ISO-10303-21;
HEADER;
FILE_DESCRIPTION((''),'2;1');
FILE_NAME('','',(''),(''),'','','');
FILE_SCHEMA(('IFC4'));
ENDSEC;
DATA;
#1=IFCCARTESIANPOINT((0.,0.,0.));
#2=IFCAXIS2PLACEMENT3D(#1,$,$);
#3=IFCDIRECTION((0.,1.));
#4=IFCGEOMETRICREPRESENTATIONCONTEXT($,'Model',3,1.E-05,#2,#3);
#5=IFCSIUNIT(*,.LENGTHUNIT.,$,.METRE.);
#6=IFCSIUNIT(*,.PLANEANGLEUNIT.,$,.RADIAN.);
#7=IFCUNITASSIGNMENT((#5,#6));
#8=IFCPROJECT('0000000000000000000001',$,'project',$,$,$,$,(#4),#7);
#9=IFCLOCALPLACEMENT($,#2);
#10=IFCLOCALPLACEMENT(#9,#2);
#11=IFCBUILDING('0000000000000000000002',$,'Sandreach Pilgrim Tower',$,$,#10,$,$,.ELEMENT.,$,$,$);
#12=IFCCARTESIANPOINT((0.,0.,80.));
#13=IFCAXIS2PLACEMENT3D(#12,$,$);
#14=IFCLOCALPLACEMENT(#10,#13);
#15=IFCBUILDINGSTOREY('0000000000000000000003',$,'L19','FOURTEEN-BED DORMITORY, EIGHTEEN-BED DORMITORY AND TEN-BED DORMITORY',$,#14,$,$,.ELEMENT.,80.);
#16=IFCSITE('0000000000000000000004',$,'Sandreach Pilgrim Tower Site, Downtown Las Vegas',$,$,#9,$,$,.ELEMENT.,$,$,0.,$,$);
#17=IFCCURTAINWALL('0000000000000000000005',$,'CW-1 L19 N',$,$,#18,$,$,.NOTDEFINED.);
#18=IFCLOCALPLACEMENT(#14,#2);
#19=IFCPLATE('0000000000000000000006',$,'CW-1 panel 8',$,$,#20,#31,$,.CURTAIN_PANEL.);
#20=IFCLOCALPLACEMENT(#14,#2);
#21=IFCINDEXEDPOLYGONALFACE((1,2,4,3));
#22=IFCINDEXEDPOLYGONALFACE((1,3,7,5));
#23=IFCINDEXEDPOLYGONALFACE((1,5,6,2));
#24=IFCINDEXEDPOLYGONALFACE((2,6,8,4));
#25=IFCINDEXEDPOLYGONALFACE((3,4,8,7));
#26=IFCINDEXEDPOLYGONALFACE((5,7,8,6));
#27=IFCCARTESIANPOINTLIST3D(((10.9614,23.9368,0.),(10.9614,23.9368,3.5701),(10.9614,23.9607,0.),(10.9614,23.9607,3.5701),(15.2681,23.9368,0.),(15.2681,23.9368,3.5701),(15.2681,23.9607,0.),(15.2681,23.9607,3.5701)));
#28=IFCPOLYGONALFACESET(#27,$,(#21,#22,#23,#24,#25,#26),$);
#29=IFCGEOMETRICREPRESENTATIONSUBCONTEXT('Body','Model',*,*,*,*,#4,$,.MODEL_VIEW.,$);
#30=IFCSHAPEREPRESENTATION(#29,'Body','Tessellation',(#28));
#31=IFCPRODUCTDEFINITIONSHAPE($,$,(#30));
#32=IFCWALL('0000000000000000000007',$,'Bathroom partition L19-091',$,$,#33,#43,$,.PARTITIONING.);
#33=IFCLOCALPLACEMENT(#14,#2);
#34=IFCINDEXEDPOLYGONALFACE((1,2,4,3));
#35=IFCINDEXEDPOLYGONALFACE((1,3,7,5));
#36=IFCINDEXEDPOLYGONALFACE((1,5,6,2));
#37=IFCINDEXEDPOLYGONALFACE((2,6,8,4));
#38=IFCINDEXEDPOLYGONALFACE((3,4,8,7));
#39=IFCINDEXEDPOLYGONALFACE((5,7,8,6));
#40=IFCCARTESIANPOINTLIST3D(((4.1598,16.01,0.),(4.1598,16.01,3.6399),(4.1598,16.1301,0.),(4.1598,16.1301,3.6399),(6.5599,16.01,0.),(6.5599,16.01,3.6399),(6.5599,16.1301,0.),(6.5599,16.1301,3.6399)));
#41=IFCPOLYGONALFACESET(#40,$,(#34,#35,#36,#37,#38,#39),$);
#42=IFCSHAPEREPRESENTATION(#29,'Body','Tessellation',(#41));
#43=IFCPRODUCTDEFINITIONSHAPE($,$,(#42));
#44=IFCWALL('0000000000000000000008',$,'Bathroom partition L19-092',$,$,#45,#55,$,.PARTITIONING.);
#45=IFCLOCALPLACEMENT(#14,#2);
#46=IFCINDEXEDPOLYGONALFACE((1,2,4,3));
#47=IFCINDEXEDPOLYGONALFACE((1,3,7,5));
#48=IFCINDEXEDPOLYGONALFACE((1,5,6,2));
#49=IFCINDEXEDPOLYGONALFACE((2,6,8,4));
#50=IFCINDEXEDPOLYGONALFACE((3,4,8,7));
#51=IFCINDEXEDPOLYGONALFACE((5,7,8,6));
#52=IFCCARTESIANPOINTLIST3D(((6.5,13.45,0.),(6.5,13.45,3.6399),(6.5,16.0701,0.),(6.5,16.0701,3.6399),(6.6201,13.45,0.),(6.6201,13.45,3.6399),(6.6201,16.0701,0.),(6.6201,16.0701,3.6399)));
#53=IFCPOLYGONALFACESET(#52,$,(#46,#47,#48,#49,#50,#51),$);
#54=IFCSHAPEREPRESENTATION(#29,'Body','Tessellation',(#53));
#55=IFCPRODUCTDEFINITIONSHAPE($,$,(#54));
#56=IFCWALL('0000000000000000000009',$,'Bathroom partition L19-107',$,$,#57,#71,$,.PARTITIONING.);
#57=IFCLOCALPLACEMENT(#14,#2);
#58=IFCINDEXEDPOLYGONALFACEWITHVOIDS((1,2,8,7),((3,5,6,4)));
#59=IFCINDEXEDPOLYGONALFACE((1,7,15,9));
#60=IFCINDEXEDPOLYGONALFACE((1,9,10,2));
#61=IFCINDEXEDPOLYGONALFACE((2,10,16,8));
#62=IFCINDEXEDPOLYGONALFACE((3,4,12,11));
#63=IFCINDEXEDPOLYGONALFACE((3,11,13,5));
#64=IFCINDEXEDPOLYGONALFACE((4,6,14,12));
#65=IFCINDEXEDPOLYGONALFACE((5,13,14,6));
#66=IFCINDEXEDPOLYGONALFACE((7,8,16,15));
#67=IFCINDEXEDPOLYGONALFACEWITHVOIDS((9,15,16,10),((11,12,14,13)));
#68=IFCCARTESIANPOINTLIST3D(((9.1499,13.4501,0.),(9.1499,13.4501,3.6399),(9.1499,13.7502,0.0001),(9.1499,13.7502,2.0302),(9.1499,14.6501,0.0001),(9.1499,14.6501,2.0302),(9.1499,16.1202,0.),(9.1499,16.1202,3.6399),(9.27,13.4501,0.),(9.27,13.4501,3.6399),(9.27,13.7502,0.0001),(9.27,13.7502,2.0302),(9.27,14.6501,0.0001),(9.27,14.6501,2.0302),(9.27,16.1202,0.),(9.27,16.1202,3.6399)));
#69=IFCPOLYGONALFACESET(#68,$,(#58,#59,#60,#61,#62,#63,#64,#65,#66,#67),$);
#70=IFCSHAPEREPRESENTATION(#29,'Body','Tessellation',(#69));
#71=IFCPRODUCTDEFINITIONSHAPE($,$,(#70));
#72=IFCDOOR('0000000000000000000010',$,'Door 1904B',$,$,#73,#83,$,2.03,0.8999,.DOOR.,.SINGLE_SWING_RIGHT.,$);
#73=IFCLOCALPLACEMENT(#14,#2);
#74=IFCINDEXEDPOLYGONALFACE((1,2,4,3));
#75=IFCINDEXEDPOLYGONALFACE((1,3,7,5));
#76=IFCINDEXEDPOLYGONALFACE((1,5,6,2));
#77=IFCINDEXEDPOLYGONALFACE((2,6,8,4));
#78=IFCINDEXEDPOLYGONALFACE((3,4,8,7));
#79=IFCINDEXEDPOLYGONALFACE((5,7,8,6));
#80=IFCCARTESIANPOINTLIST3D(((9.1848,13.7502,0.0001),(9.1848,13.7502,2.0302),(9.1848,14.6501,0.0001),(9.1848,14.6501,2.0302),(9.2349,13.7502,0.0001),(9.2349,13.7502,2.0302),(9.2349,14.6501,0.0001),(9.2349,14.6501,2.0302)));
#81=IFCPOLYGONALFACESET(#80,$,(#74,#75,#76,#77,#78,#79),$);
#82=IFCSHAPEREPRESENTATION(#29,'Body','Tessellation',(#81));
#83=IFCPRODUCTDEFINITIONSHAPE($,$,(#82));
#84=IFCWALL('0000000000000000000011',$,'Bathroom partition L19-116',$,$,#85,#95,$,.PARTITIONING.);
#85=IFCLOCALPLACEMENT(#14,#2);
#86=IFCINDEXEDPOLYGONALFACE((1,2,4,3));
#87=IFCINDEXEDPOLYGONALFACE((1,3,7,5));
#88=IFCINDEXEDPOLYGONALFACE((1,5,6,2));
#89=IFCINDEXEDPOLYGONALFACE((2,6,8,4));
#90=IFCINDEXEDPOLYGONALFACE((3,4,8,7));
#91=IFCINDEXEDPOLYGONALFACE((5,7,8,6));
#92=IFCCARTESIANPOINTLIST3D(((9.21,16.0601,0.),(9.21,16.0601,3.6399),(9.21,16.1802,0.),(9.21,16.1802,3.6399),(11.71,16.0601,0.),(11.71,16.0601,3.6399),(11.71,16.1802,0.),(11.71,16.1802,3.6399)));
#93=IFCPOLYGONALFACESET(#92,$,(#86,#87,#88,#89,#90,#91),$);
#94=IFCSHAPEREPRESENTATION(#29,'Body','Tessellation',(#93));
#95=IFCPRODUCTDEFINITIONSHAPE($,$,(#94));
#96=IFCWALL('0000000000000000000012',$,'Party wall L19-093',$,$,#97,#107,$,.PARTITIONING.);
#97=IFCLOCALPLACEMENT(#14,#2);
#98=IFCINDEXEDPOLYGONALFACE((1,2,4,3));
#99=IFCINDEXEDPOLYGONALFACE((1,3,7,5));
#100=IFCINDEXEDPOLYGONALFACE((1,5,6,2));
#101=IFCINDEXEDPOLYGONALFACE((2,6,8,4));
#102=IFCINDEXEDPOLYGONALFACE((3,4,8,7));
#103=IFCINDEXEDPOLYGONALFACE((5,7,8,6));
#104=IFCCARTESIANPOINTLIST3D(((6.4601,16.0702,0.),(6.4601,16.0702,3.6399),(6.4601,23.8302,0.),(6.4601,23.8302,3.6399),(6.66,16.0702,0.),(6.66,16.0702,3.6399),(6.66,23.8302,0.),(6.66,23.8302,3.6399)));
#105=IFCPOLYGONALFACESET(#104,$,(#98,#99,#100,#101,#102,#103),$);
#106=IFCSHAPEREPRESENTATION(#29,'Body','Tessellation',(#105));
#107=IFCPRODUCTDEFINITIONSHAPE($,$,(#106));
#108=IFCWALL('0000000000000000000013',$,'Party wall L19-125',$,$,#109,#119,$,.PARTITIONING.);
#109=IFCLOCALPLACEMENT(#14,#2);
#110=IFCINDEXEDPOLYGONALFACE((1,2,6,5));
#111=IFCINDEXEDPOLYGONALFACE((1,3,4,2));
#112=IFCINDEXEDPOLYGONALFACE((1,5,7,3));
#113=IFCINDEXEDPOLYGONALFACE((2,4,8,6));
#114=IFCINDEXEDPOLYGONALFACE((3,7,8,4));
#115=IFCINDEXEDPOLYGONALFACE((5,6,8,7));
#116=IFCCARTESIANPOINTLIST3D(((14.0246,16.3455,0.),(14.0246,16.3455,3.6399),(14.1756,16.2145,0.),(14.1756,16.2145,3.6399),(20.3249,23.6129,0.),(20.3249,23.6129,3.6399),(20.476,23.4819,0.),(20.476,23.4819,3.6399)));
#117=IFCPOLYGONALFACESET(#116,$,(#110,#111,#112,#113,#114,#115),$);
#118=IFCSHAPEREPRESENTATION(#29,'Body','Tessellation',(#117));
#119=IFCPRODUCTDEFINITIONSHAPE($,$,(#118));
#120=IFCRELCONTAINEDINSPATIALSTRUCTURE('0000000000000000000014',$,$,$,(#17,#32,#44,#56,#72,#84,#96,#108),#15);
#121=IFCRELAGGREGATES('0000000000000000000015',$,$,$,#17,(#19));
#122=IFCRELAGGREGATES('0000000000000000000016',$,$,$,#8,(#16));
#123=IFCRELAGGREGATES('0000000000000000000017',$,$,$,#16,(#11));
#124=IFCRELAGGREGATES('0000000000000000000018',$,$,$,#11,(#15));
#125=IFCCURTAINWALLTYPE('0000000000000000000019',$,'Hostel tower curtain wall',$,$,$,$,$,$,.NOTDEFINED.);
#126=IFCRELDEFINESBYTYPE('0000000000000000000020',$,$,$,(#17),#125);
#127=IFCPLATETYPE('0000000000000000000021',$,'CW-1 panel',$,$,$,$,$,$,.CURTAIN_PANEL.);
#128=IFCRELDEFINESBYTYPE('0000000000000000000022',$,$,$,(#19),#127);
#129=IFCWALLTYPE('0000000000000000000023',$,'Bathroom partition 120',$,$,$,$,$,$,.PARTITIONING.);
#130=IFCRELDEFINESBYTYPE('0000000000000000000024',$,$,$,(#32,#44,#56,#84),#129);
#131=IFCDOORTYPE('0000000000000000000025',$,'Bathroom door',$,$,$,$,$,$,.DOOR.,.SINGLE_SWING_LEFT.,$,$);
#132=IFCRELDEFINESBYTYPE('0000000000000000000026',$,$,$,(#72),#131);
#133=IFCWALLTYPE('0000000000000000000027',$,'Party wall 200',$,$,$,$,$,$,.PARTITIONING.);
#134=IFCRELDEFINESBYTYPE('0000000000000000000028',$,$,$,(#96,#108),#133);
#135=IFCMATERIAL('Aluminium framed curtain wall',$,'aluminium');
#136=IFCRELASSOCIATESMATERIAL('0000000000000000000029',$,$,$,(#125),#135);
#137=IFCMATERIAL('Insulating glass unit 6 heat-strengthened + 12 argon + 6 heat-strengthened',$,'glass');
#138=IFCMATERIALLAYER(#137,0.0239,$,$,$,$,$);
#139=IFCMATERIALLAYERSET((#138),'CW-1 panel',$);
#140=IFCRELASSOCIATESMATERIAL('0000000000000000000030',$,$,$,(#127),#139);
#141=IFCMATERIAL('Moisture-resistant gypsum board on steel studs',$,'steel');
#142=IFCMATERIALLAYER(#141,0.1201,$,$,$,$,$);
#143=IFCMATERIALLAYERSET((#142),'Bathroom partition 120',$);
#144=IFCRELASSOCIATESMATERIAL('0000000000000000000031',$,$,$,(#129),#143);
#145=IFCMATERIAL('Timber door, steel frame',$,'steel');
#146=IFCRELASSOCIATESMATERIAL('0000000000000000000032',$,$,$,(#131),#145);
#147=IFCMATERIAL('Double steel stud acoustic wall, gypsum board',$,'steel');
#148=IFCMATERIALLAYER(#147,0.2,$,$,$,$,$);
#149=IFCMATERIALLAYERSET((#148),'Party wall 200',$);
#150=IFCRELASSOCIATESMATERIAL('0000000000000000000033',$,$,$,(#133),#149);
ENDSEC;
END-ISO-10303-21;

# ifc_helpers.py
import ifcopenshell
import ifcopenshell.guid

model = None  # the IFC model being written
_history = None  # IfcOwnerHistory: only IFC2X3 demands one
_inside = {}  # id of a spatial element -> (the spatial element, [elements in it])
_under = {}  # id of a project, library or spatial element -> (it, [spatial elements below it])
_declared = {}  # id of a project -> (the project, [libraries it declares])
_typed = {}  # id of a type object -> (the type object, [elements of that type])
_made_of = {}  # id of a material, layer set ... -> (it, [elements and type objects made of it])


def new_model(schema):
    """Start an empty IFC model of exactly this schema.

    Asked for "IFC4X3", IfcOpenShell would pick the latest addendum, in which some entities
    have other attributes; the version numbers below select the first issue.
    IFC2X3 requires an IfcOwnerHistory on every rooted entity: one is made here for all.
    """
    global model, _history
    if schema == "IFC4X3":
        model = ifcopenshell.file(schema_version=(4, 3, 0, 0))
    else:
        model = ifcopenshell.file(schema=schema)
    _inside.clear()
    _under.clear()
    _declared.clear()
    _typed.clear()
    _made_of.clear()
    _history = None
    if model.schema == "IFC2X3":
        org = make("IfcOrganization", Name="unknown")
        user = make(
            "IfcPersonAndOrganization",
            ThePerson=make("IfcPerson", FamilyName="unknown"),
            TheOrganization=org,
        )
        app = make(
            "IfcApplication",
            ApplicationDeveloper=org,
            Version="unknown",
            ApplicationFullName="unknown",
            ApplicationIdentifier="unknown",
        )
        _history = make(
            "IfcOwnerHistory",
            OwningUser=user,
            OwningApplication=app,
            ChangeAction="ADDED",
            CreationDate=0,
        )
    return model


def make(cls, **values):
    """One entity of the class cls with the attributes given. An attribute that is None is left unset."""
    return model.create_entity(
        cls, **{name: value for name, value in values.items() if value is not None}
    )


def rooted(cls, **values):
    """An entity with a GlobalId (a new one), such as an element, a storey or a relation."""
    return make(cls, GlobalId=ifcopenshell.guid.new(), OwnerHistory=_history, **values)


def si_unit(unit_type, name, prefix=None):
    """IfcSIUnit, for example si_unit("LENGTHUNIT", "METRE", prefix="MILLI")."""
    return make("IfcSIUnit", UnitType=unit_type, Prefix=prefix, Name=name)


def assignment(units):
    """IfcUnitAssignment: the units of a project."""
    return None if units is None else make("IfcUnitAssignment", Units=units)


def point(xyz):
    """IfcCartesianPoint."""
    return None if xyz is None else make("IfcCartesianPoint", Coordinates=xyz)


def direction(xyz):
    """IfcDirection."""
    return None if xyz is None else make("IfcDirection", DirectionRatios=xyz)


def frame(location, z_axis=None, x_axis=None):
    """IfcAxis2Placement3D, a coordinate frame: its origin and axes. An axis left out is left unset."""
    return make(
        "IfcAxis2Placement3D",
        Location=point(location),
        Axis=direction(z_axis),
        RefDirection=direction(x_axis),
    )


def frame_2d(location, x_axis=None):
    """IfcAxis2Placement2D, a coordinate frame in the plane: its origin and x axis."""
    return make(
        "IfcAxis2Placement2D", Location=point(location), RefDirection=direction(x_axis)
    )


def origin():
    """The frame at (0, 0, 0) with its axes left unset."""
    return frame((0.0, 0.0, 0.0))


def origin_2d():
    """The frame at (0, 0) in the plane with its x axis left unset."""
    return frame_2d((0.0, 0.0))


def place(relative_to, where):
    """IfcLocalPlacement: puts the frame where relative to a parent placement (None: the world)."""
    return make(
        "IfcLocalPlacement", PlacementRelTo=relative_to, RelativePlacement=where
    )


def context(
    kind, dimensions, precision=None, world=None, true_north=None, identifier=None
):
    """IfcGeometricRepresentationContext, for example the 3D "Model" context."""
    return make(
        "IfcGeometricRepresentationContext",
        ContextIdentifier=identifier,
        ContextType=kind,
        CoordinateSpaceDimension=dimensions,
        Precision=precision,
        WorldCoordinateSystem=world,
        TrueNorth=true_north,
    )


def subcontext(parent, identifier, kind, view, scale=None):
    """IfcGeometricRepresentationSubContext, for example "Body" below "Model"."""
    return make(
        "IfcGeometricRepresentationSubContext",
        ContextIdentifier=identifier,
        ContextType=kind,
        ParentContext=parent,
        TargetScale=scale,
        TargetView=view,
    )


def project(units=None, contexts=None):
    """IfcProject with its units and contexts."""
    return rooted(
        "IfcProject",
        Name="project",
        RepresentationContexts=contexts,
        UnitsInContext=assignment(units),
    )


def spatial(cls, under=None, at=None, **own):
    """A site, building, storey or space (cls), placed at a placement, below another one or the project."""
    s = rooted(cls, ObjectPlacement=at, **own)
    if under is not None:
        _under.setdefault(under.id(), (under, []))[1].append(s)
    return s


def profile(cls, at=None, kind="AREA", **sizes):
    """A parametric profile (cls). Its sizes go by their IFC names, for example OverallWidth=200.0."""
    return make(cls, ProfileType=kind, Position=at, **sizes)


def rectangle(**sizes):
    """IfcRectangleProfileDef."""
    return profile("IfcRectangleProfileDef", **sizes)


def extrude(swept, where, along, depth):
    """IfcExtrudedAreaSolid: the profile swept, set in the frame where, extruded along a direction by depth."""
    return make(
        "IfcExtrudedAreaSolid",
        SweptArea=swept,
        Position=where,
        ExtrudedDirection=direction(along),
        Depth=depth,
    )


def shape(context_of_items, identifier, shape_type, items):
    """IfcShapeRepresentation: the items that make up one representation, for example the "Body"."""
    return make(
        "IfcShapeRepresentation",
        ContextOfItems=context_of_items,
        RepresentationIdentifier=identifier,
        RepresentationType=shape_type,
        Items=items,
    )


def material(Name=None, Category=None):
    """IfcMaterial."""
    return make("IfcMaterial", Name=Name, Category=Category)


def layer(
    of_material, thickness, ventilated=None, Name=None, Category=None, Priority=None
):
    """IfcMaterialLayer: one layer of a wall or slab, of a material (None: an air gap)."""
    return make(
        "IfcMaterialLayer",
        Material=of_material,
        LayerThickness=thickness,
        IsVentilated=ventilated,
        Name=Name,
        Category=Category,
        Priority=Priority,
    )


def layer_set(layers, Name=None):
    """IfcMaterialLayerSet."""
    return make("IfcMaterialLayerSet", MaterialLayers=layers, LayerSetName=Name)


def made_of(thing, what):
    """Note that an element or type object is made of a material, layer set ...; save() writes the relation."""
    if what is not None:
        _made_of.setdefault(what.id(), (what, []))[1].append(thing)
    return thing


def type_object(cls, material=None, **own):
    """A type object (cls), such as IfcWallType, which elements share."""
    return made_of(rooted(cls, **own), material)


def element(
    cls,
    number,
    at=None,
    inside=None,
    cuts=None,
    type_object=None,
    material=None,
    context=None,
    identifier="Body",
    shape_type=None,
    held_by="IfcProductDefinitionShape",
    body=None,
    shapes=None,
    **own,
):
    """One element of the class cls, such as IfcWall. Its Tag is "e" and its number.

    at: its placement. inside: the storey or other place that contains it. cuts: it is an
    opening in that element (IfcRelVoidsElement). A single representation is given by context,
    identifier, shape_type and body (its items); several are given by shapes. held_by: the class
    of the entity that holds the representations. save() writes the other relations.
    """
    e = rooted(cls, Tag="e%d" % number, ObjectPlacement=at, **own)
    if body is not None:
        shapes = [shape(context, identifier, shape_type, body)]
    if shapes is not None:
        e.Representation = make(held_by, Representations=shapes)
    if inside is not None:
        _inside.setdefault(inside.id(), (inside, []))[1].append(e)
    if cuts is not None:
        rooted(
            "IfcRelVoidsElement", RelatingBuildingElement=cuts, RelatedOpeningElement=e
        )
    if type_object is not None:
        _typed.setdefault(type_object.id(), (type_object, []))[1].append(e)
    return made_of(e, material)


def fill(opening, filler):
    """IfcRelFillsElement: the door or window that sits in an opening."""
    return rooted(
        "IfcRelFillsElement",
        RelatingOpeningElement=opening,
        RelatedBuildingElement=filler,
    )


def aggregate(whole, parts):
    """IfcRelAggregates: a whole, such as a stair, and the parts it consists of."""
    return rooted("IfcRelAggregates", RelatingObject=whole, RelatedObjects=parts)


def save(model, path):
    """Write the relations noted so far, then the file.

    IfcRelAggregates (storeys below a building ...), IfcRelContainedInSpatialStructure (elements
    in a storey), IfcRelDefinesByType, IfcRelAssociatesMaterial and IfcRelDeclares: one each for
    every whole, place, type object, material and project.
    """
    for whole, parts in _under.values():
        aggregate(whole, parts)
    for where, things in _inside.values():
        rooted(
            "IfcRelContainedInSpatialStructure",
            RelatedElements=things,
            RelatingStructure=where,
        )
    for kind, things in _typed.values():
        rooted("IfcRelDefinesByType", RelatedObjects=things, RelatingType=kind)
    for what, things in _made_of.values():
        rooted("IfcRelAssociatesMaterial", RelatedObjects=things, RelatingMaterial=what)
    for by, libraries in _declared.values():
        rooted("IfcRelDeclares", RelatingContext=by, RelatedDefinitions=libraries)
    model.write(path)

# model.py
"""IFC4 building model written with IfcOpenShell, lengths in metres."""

from ifc_helpers import new_model, si_unit, direction, frame, frame_2d, origin, origin_2d, place, context, subcontext, project, spatial, rectangle, extrude, material, layer, layer_set, type_object, element, fill, aggregate, save


model = new_model("IFC4")

# Units and contexts
model_context = context("Model", 3, precision=1e-05, world=origin(), true_north=direction((0.0, 1.0)))
body_context = subcontext(model_context, "Body", "Model", "MODEL_VIEW")
ifc_project = project(units=[si_unit("LENGTHUNIT", "METRE"), si_unit("PLANEANGLEUNIT", "RADIAN")], contexts=[model_context])

# Site, building, storey
site_placement = place(None, origin())
site = spatial("IfcSite", under=ifc_project, at=site_placement, Name="Sandreach Pilgrim Tower Site, Downtown Las Vegas", CompositionType="ELEMENT", RefElevation=0.0)
building_placement = place(site_placement, origin())
building = spatial("IfcBuilding", under=site, at=building_placement, Name="Sandreach Pilgrim Tower", CompositionType="ELEMENT")
storey_placement = place(building_placement, frame((0.0, 0.0, 80.0)))
storey = spatial("IfcBuildingStorey", under=building, at=storey_placement, Name="L19", Description="FOURTEEN-BED DORMITORY, EIGHTEEN-BED DORMITORY AND TEN-BED DORMITORY", CompositionType="ELEMENT", Elevation=80.0)

# Curtain wall
ifc_material_1 = material(Name="Aluminium framed curtain wall", Category="aluminium")
curtain_wall_type = type_object("IfcCurtainWallType", Name="Hostel tower curtain wall", PredefinedType="NOTDEFINED", material=ifc_material_1)
curtain_wall_placement = place(storey_placement, origin())
curtain_wall = element("IfcCurtainWall", 1, at=curtain_wall_placement, inside=storey, type_object=curtain_wall_type, Name="CW-1 L19 N", PredefinedType="NOTDEFINED")

# Plate
ifc_material_2 = material(Name="Insulating glass unit 6 heat-strengthened + 12 argon + 6 heat-strengthened", Category="glass")
ifc_layer_1 = layer(ifc_material_2, 0.0239)
ifc_layer_set_1 = layer_set([ifc_layer_1], Name="CW-1 panel")
plate_type = type_object("IfcPlateType", Name="CW-1 panel", PredefinedType="CURTAIN_PANEL", material=ifc_layer_set_1)
plate_1_placement = place(storey_placement, frame((13.1147, 23.9487, 0.0), z_axis=(0.0, 0.0, 1.0), x_axis=(1.0, 0.0, 0.0)))
plate_1 = element("IfcPlate", 2, at=plate_1_placement, type_object=plate_type, Name="CW-1 panel 8", PredefinedType="CURTAIN_PANEL", context=body_context, shape_type="SweptSolid", body=[
    extrude(rectangle(XDim=4.3066, YDim=0.0239, at=origin_2d()), origin(), (0.0, 0.0, 1.0), 3.5701),
])
aggregate(curtain_wall, [plate_1])

# Walls
ifc_material_3 = material(Name="Moisture-resistant gypsum board on steel studs", Category="steel")
ifc_layer_2 = layer(ifc_material_3, 0.1201)
ifc_layer_set_2 = layer_set([ifc_layer_2], Name="Bathroom partition 120")
wall_type_1 = type_object("IfcWallType", Name="Bathroom partition 120", PredefinedType="PARTITIONING", material=ifc_layer_set_2)
wall_1_placement = place(storey_placement, frame((6.5601, 16.0701, 0.0), z_axis=(0.0, 0.0, 1.0), x_axis=(-1.0, 0.0, 0.0)))
element("IfcWall", 3, at=wall_1_placement, inside=storey, type_object=wall_type_1, Name="Bathroom partition L19-091", PredefinedType="PARTITIONING", context=body_context, shape_type="SweptSolid", body=[
    extrude(rectangle(XDim=2.4001, YDim=0.1201, at=frame_2d((1.2002, 0.0))), origin(), (0.0, 0.0, 1.0), 3.6399),
])
wall_2_placement = place(storey_placement, frame((6.5601, 16.0701, 0.0), z_axis=(0.0, 0.0, 1.0), x_axis=(0.0, -1.0, 0.0)))
element("IfcWall", 4, at=wall_2_placement, inside=storey, type_object=wall_type_1, Name="Bathroom partition L19-092", PredefinedType="PARTITIONING", context=body_context, shape_type="SweptSolid", body=[
    extrude(rectangle(XDim=2.6201, YDim=0.1201, at=frame_2d((1.3101, 0.0))), origin(), (0.0, 0.0, 1.0), 3.6399),
])

# Wall, opening, door
wall_3_placement = place(storey_placement, frame((9.21, 16.1201, 0.0), z_axis=(0.0, 0.0, 1.0), x_axis=(0.0, -1.0, 0.0)))
wall_3 = element("IfcWall", 5, at=wall_3_placement, inside=storey, type_object=wall_type_1, Name="Bathroom partition L19-107", PredefinedType="PARTITIONING", context=body_context, shape_type="SweptSolid", body=[
    extrude(rectangle(XDim=2.6702, YDim=0.1201, at=frame_2d((1.335, 0.0))), origin(), (0.0, 0.0, 1.0), 3.6399),
])
opening_placement = place(wall_3_placement, frame((1.47, 0.0, 0.0)))
opening = element("IfcOpeningElement", 6, at=opening_placement, cuts=wall_3, PredefinedType="OPENING", context=body_context, shape_type="SweptSolid", body=[
    extrude(rectangle(XDim=0.8999, YDim=2.03, at=frame_2d((0.45, 1.0151))), frame((0.0, 0.0601, 0.0), z_axis=(0.0, -1.0, 0.0), x_axis=(1.0, 0.0, 0.0)), (0.0, 0.0, 1.0), 0.1201),
])
ifc_material_4 = material(Name="Timber door, steel frame", Category="steel")
door_type = type_object("IfcDoorType", Name="Bathroom door", OperationType="SINGLE_SWING_LEFT", PredefinedType="DOOR", material=ifc_material_4)
door_placement = place(opening_placement, origin())
door = element("IfcDoor", 7, at=door_placement, inside=storey, type_object=door_type, Name="Door 1904B", OperationType="SINGLE_SWING_RIGHT", OverallHeight=2.03, OverallWidth=0.8999, PredefinedType="DOOR", context=body_context, shape_type="SweptSolid", body=[
    extrude(rectangle(XDim=0.8999, YDim=2.03, at=frame_2d((0.45, 1.0151))), frame((0.0, 0.0249, 0.0), z_axis=(0.0, -1.0, 0.0), x_axis=(1.0, 0.0, 0.0)), (0.0, 0.0, 1.0), 0.05),
])
fill(opening, door)

# Walls
wall_4_placement = place(storey_placement, frame((11.71, 16.1201, 0.0), z_axis=(0.0, 0.0, 1.0), x_axis=(-1.0, 0.0, 0.0)))
element("IfcWall", 8, at=wall_4_placement, inside=storey, type_object=wall_type_1, Name="Bathroom partition L19-116", PredefinedType="PARTITIONING", context=body_context, shape_type="SweptSolid", body=[
    extrude(rectangle(XDim=2.5, YDim=0.1201, at=frame_2d((1.25, 0.0))), origin(), (0.0, 0.0, 1.0), 3.6399),
])
ifc_material_5 = material(Name="Double steel stud acoustic wall, gypsum board", Category="steel")
ifc_layer_3 = layer(ifc_material_5, 0.2)
ifc_layer_set_3 = layer_set([ifc_layer_3], Name="Party wall 200")
wall_type_2 = type_object("IfcWallType", Name="Party wall 200", PredefinedType="PARTITIONING", material=ifc_layer_set_3)
wall_5_placement = place(storey_placement, frame((6.5601, 23.8301, 0.0), z_axis=(0.0, 0.0, 1.0), x_axis=(0.0, -1.0, 0.0)))
element("IfcWall", 9, at=wall_5_placement, inside=storey, type_object=wall_type_2, Name="Party wall L19-093", PredefinedType="PARTITIONING", context=body_context, shape_type="SweptSolid", body=[
    extrude(rectangle(XDim=7.76, YDim=0.2, at=frame_2d((3.8799, 0.0))), origin(), (0.0, 0.0, 1.0), 3.6399),
])
wall_6_placement = place(storey_placement, frame((14.1001, 16.28, 0.0), z_axis=(0.0, 0.0, 1.0), x_axis=(0.655046, 0.755589, 0.0)))
element("IfcWall", 10, at=wall_6_placement, inside=storey, type_object=wall_type_2, Name="Party wall L19-125", PredefinedType="PARTITIONING", context=body_context, shape_type="SweptSolid", body=[
    extrude(rectangle(XDim=9.6182, YDim=0.2, at=frame_2d((4.8091, 0.0))), origin(), (0.0, 0.0, 1.0), 3.6399),
])

save(model, "model.ifc")
